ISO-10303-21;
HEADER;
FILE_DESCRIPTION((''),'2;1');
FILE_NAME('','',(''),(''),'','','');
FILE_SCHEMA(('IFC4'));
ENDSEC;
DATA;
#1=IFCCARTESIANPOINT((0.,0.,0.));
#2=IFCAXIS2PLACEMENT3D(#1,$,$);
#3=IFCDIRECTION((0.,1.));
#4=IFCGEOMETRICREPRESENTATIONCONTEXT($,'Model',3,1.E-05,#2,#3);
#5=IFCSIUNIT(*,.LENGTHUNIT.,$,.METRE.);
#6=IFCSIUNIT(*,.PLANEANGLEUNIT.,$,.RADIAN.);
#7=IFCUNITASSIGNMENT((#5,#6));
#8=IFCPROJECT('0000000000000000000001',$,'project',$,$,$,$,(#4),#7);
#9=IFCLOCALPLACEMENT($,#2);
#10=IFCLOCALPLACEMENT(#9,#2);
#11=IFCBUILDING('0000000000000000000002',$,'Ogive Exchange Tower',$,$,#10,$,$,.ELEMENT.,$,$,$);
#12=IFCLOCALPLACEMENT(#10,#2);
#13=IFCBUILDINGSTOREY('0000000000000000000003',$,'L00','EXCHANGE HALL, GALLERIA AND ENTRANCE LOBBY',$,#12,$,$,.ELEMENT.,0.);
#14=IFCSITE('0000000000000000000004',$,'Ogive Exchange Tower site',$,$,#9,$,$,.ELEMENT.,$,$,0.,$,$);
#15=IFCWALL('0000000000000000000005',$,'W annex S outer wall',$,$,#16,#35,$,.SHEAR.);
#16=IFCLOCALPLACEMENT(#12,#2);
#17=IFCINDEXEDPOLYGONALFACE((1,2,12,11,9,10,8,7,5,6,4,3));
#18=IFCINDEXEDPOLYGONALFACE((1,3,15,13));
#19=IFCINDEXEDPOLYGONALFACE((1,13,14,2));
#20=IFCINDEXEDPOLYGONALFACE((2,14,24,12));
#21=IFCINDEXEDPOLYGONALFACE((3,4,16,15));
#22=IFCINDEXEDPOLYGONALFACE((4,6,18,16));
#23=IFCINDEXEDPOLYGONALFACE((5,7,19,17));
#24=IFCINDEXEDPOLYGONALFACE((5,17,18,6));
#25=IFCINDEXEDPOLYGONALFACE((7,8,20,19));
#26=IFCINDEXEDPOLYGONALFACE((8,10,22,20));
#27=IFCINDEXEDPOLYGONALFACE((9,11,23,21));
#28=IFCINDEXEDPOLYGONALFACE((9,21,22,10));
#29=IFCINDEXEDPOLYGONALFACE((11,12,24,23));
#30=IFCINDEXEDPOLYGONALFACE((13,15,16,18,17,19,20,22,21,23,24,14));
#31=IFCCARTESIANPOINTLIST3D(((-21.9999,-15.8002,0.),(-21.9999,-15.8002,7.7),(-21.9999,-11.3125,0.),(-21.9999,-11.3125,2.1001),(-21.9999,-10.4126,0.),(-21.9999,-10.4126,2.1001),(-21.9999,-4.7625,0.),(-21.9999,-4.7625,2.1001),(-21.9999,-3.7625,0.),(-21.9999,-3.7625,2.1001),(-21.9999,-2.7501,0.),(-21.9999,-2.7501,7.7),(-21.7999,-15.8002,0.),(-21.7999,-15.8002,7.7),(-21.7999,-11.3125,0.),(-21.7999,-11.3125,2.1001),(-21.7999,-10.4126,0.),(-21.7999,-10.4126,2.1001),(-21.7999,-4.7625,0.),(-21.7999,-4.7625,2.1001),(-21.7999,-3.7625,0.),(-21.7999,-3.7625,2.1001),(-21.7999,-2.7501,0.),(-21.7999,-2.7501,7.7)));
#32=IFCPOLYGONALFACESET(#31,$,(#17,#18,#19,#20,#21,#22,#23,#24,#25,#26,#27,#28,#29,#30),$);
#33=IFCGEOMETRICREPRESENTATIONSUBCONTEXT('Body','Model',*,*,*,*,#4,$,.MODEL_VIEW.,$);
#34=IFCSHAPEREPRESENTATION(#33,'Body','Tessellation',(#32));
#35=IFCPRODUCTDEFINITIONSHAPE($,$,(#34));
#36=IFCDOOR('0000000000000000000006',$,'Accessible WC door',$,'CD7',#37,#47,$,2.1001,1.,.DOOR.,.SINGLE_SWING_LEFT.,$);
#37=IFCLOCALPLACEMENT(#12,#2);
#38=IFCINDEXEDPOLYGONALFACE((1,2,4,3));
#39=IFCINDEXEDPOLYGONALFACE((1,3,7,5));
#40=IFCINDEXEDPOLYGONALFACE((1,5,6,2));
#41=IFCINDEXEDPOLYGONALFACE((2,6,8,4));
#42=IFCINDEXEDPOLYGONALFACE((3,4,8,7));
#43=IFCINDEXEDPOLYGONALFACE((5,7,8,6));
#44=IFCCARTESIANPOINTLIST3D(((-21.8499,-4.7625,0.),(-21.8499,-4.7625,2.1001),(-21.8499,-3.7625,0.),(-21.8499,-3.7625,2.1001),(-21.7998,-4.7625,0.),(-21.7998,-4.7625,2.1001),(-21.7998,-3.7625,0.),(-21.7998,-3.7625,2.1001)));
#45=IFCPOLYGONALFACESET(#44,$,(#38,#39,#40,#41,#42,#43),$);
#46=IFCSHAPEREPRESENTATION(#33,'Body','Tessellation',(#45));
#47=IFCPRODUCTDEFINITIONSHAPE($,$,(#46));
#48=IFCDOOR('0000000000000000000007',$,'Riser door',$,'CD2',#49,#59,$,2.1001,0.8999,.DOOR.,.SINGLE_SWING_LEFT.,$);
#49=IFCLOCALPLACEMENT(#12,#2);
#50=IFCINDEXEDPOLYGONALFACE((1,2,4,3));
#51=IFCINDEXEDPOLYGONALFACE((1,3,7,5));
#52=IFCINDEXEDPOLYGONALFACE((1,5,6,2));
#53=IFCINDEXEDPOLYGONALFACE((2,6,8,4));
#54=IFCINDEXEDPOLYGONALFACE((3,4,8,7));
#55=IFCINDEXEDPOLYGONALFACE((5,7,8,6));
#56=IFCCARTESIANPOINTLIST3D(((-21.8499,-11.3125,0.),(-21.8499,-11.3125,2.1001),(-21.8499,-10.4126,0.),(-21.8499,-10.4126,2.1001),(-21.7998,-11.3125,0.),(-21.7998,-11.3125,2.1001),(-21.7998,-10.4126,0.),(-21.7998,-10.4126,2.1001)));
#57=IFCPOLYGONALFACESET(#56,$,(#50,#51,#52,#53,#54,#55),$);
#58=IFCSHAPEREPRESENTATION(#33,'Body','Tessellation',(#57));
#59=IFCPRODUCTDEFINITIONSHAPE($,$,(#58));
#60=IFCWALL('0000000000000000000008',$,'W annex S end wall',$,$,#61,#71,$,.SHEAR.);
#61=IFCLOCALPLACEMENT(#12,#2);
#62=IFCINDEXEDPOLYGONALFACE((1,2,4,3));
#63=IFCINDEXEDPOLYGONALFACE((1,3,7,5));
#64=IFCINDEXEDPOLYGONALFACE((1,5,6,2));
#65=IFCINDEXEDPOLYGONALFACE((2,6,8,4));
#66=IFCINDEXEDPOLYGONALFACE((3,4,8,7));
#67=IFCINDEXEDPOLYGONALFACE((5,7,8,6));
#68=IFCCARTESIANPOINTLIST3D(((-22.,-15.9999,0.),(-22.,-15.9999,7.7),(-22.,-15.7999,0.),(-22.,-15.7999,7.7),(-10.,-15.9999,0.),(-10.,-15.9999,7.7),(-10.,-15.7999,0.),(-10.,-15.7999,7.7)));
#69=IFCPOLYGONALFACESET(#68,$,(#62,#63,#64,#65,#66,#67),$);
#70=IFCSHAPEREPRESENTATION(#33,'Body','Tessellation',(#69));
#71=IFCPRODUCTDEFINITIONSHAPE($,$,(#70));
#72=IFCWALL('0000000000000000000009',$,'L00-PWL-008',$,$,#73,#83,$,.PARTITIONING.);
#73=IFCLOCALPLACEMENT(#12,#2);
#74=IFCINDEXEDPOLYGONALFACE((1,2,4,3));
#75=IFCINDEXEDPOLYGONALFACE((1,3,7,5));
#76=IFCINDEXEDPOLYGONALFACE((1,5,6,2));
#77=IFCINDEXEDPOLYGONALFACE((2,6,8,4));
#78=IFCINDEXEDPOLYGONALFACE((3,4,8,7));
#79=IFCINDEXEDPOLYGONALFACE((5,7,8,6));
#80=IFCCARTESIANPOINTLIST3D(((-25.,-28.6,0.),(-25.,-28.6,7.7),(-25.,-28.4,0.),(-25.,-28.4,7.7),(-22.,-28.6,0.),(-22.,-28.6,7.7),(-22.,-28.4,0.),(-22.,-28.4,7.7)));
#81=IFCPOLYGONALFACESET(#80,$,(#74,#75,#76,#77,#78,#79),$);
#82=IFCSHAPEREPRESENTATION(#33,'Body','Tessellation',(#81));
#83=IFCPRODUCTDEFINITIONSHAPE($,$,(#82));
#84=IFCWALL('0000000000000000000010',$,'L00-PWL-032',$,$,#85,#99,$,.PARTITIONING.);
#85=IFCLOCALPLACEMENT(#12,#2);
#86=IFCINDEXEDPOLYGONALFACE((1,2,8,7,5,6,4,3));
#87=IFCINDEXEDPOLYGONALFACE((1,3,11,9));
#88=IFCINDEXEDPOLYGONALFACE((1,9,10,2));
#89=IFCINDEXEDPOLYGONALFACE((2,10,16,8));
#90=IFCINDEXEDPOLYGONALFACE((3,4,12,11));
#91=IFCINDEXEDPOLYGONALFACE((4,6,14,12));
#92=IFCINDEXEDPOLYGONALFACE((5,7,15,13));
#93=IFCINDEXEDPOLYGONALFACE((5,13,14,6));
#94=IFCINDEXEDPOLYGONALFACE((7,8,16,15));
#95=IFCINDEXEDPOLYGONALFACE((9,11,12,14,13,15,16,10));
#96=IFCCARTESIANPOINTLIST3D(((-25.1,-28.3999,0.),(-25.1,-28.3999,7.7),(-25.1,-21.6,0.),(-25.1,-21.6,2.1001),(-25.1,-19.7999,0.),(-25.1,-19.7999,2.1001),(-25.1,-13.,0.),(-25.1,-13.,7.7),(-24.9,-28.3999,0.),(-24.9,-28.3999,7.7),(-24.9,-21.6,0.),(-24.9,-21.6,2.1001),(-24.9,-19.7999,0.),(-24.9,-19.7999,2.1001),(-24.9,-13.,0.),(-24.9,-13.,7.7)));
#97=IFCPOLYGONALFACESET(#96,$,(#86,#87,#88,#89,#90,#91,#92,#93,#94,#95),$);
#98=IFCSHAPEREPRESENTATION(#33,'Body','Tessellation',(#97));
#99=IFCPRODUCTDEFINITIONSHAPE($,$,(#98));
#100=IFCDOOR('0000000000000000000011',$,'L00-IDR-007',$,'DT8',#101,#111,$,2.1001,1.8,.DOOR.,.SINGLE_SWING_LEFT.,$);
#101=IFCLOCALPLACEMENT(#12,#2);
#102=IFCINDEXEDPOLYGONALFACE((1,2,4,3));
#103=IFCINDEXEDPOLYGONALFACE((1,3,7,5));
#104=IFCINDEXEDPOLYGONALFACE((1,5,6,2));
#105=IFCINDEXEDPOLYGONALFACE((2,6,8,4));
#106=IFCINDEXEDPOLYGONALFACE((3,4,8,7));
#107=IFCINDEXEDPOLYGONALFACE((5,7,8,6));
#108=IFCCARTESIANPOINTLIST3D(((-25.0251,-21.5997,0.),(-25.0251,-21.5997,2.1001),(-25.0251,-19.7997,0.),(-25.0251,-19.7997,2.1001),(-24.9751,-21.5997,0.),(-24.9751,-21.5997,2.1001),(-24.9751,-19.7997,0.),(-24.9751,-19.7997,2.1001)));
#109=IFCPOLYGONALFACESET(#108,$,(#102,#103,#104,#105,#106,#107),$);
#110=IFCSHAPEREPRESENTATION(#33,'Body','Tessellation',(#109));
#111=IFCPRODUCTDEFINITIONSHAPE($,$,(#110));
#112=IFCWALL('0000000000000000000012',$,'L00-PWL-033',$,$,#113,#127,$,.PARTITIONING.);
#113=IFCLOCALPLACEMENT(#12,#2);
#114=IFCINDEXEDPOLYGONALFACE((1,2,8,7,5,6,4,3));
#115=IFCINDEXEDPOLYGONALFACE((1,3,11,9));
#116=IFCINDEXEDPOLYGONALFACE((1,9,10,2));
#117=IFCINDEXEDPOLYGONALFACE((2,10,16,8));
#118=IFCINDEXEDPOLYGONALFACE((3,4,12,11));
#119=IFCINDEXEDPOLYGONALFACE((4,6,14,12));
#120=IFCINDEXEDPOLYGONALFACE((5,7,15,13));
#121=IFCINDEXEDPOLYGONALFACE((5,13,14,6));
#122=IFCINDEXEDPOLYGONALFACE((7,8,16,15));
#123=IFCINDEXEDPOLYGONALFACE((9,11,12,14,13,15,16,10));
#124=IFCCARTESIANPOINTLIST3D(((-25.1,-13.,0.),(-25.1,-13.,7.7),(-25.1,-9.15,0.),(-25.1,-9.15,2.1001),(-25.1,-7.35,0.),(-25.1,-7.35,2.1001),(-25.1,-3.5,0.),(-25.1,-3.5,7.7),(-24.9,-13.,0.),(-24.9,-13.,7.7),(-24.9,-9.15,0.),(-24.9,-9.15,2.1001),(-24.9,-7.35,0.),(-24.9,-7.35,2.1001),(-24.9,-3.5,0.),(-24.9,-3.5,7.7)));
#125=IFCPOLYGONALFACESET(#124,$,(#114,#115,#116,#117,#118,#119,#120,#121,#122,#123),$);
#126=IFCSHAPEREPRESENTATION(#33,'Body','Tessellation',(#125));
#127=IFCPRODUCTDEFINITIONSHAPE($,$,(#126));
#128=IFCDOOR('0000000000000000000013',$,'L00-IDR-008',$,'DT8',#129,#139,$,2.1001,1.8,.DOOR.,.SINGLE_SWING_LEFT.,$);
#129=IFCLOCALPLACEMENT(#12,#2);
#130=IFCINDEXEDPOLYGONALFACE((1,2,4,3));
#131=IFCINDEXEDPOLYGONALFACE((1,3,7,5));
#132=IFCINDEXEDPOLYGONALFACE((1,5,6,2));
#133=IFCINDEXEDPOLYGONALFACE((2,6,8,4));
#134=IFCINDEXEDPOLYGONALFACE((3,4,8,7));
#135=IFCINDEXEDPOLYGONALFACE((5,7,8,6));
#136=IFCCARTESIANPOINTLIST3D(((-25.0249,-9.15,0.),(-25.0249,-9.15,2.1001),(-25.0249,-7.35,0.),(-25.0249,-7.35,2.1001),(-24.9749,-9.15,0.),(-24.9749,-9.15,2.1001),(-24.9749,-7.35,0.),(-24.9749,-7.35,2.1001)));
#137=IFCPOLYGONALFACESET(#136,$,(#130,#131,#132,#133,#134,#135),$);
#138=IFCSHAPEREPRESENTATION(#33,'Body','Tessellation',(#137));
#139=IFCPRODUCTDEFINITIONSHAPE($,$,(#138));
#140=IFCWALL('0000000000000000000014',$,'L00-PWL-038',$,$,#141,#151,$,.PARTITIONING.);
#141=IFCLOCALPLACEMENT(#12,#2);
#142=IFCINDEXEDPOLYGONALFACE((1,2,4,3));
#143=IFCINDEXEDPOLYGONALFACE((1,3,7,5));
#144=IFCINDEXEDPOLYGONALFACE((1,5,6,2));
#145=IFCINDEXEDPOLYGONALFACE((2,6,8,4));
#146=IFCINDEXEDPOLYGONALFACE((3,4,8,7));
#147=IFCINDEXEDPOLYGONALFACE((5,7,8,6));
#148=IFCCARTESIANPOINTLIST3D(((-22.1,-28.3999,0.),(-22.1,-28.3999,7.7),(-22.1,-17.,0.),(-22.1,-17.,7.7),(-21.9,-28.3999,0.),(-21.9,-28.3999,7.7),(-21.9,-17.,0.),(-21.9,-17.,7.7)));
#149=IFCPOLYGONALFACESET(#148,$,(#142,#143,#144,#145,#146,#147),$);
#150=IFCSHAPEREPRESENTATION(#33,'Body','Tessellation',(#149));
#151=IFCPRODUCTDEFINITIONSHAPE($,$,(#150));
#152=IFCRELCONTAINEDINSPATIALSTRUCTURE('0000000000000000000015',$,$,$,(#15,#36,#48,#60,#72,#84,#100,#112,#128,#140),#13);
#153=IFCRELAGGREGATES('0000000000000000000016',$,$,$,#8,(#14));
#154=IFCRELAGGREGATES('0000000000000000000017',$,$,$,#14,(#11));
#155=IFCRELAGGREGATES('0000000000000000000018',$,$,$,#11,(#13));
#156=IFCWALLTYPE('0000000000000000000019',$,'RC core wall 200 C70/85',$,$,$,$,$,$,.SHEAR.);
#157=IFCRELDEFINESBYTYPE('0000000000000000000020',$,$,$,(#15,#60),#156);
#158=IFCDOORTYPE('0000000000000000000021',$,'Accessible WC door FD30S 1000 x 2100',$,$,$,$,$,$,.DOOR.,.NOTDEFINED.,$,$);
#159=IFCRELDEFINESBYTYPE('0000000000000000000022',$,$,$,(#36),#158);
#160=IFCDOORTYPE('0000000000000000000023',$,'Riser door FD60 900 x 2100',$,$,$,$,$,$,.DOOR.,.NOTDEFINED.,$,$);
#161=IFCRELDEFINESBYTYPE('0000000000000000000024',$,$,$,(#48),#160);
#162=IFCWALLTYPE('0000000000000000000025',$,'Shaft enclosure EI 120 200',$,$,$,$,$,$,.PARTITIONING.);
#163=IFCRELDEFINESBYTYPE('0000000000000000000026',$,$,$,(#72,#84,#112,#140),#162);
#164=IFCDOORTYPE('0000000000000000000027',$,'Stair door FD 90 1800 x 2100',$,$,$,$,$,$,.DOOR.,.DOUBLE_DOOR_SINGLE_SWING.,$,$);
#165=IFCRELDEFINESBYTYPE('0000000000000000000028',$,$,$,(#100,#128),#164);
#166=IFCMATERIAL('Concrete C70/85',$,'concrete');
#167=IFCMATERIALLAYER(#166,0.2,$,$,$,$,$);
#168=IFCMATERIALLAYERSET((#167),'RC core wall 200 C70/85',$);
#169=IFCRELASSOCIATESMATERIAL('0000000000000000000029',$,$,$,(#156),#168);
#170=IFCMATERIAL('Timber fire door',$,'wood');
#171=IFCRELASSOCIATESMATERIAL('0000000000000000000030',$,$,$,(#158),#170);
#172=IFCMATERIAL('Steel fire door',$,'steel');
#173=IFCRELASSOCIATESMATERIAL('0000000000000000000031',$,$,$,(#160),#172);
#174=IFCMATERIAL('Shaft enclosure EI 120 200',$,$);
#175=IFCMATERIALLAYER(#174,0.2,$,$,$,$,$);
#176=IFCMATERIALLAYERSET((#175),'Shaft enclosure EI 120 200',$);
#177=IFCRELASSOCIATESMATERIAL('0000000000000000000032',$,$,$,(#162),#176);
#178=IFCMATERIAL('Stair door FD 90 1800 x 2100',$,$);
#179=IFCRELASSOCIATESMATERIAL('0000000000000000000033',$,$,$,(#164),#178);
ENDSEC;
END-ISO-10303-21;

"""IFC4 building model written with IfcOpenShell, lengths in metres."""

from ifc_helpers import new_model, si_unit, direction, frame, frame_2d, origin, place, context, subcontext, project, spatial, rectangle, extrude, material, layer, layer_set, type_object, element, fill, save


model = new_model("IFC4")

# Units and contexts
model_context = context("Model", 3, precision=1e-05, world=origin(), true_north=direction((0.0, 1.0)))
body_context = subcontext(model_context, "Body", "Model", "MODEL_VIEW")
ifc_project = project(units=[si_unit("LENGTHUNIT", "METRE"), si_unit("PLANEANGLEUNIT", "RADIAN")], contexts=[model_context])

# Site, building, storey
site_placement = place(None, origin())
site = spatial("IfcSite", under=ifc_project, at=site_placement, Name="Ogive Exchange Tower site", CompositionType="ELEMENT", RefElevation=0.0)
building_placement = place(site_placement, origin())
building = spatial("IfcBuilding", under=site, at=building_placement, Name="Ogive Exchange Tower", CompositionType="ELEMENT")
storey_placement = place(building_placement, origin())
storey = spatial("IfcBuildingStorey", under=building, at=storey_placement, Name="L00", Description="EXCHANGE HALL, GALLERIA AND ENTRANCE LOBBY", CompositionType="ELEMENT", Elevation=0.0)

# Shared definitions
ifc_material_1 = material(Name="Concrete C70/85", Category="concrete")

# Wall, openings, doors
ifc_layer_1 = layer(ifc_material_1, 0.2)
ifc_layer_set_1 = layer_set([ifc_layer_1], Name="RC core wall 200 C70/85")
wall_type_1 = type_object("IfcWallType", Name="RC core wall 200 C70/85", PredefinedType="SHEAR", material=ifc_layer_set_1)
wall_1_placement = place(storey_placement, frame((-21.8999, -15.8, 0.0), z_axis=(0.0, 0.0, 1.0), x_axis=(0.0, 1.0, 0.0)))
wall_1 = element("IfcWall", 1, at=wall_1_placement, inside=storey, type_object=wall_type_1, Name="W annex S outer wall", PredefinedType="SHEAR", context=body_context, shape_type="SweptSolid", body=[
    extrude(rectangle(XDim=13.05, YDim=0.2, at=frame_2d((6.5249, 0.0))), origin(), (0.0, 0.0, 1.0), 7.7),
])
opening_1_placement = place(wall_1_placement, frame((4.4875, 0.0, 0.0)))
opening_1 = element("IfcOpeningElement", 2, at=opening_1_placement, cuts=wall_1, PredefinedType="OPENING", context=body_context, shape_type="SweptSolid", body=[
    extrude(rectangle(XDim=0.8999, YDim=2.1001, at=frame_2d((0.45, 1.05))), frame((0.0, 0.1099, 0.0), z_axis=(0.0, -1.0, 0.0), x_axis=(1.0, 0.0, 0.0)), (0.0, 0.0, 1.0), 0.22),
])
opening_2_placement = place(wall_1_placement, frame((11.0376, 0.0, 0.0)))
opening_2 = element("IfcOpeningElement", 3, at=opening_2_placement, cuts=wall_1, PredefinedType="OPENING", context=body_context, shape_type="SweptSolid", body=[
    extrude(rectangle(XDim=1.0, YDim=2.1001, at=frame_2d((0.5, 1.05))), frame((0.0, 0.1099, 0.0), z_axis=(0.0, -1.0, 0.0), x_axis=(1.0, 0.0, 0.0)), (0.0, 0.0, 1.0), 0.22),
])
ifc_material_2 = material(Name="Timber fire door", Category="wood")
door_type_1 = type_object("IfcDoorType", Name="Accessible WC door FD30S 1000 x 2100", OperationType="NOTDEFINED", PredefinedType="DOOR", material=ifc_material_2)
door_1_placement = place(opening_2_placement, frame((1.0, -0.1499, 0.0), z_axis=(0.0, 0.0, 1.0), x_axis=(-1.0, 0.0, 0.0)))
door_1 = element("IfcDoor", 4, at=door_1_placement, inside=storey, type_object=door_type_1, Name="Accessible WC door", ObjectType="CD7", OperationType="SINGLE_SWING_LEFT", OverallHeight=2.1001, OverallWidth=1.0, PredefinedType="DOOR", context=body_context, shape_type="SweptSolid", body=[
    extrude(rectangle(XDim=1.0, YDim=2.1001, at=frame_2d((0.5, 1.05))), frame((0.0, -0.0498, 0.0), z_axis=(0.0, -1.0, 0.0), x_axis=(1.0, 0.0, 0.0)), (0.0, 0.0, 1.0), 0.05),
])
fill(opening_2, door_1)
ifc_material_3 = material(Name="Steel fire door", Category="steel")
door_type_2 = type_object("IfcDoorType", Name="Riser door FD60 900 x 2100", OperationType="NOTDEFINED", PredefinedType="DOOR", material=ifc_material_3)
door_2_placement = place(opening_1_placement, frame((0.8999, -0.1499, 0.0), z_axis=(0.0, 0.0, 1.0), x_axis=(-1.0, 0.0, 0.0)))
door_2 = element("IfcDoor", 5, at=door_2_placement, inside=storey, type_object=door_type_2, Name="Riser door", ObjectType="CD2", OperationType="SINGLE_SWING_LEFT", OverallHeight=2.1001, OverallWidth=0.8999, PredefinedType="DOOR", context=body_context, shape_type="SweptSolid", body=[
    extrude(rectangle(XDim=0.8999, YDim=2.1001, at=frame_2d((0.45, 1.05))), frame((0.0, -0.0498, 0.0), z_axis=(0.0, -1.0, 0.0), x_axis=(1.0, 0.0, 0.0)), (0.0, 0.0, 1.0), 0.05),
])
fill(opening_1, door_2)

# Walls
wall_2_placement = place(storey_placement, frame((-22.0, -15.8999, 0.0), z_axis=(0.0, 0.0, 1.0), x_axis=(1.0, 0.0, 0.0)))
element("IfcWall", 6, at=wall_2_placement, inside=storey, type_object=wall_type_1, Name="W annex S end wall", PredefinedType="SHEAR", context=body_context, shape_type="SweptSolid", body=[
    extrude(rectangle(XDim=12.0, YDim=0.2, at=frame_2d((6.0, 0.0))), origin(), (0.0, 0.0, 1.0), 7.7),
])
ifc_material_4 = material(Name="Shaft enclosure EI 120 200")
ifc_layer_2 = layer(ifc_material_4, 0.2)
ifc_layer_set_2 = layer_set([ifc_layer_2], Name="Shaft enclosure EI 120 200")
wall_type_2 = type_object("IfcWallType", Name="Shaft enclosure EI 120 200", PredefinedType="PARTITIONING", material=ifc_layer_set_2)
wall_3_placement = place(storey_placement, frame((-25.0, -28.5, 0.0), z_axis=(0.0, 0.0, 1.0), x_axis=(1.0, 0.0, 0.0)))
element("IfcWall", 7, at=wall_3_placement, inside=storey, type_object=wall_type_2, Name="L00-PWL-008", PredefinedType="PARTITIONING", context=body_context, shape_type="SweptSolid", body=[
    extrude(rectangle(XDim=3.0, YDim=0.2, at=frame_2d((1.5, 0.0))), origin(), (0.0, 0.0, 1.0), 7.7),
])

# Walls, openings, doors
wall_4_placement = place(storey_placement, frame((-25.0, -28.3999, 0.0), z_axis=(0.0, 0.0, 1.0), x_axis=(0.0, 1.0, 0.0)))
wall_4 = element("IfcWall", 8, at=wall_4_placement, inside=storey, type_object=wall_type_2, Name="L00-PWL-032", PredefinedType="PARTITIONING", context=body_context, shape_type="SweptSolid", body=[
    extrude(rectangle(XDim=15.3999, YDim=0.2, at=frame_2d((7.7, 0.0))), origin(), (0.0, 0.0, 1.0), 7.7),
])
opening_3_placement = place(wall_4_placement, frame((6.8, 0.0, 0.0)))
opening_3 = element("IfcOpeningElement", 9, at=opening_3_placement, cuts=wall_4, PredefinedType="OPENING", context=body_context, shape_type="SweptSolid", body=[
    extrude(rectangle(XDim=1.8, YDim=2.1001, at=frame_2d((0.8999, 1.05))), frame((0.0, 0.1099, 0.0), z_axis=(0.0, -1.0, 0.0), x_axis=(1.0, 0.0, 0.0)), (0.0, 0.0, 1.0), 0.22),
])
ifc_material_5 = material(Name="Stair door FD 90 1800 x 2100")
door_type_3 = type_object("IfcDoorType", Name="Stair door FD 90 1800 x 2100", OperationType="DOUBLE_DOOR_SINGLE_SWING", PredefinedType="DOOR", material=ifc_material_5)
door_3_placement = place(opening_3_placement, frame((1.8, 0.0, 0.0), z_axis=(0.0, 0.0, 1.0), x_axis=(-1.0, 0.0, 0.0)))
door_3 = element("IfcDoor", 10, at=door_3_placement, inside=storey, type_object=door_type_3, Name="L00-IDR-007", ObjectType="DT8", OperationType="SINGLE_SWING_LEFT", OverallHeight=2.1001, OverallWidth=1.8, PredefinedType="DOOR", context=body_context, shape_type="SweptSolid", body=[
    extrude(rectangle(XDim=1.8, YDim=2.1001, at=frame_2d((0.8999, 1.05))), frame((0.0, 0.0249, 0.0), z_axis=(0.0, -1.0, 0.0), x_axis=(1.0, 0.0, 0.0)), (0.0, 0.0, 1.0), 0.05),
])
fill(opening_3, door_3)
wall_5_placement = place(storey_placement, frame((-25.0, -13.0, 0.0), z_axis=(0.0, 0.0, 1.0), x_axis=(0.0, 1.0, 0.0)))
wall_5 = element("IfcWall", 11, at=wall_5_placement, inside=storey, type_object=wall_type_2, Name="L00-PWL-033", PredefinedType="PARTITIONING", context=body_context, shape_type="SweptSolid", body=[
    extrude(rectangle(XDim=9.5, YDim=0.2, at=frame_2d((4.75, 0.0))), origin(), (0.0, 0.0, 1.0), 7.7),
])
opening_4_placement = place(wall_5_placement, frame((3.8501, 0.0, 0.0)))
opening_4 = element("IfcOpeningElement", 12, at=opening_4_placement, cuts=wall_5, PredefinedType="OPENING", context=body_context, shape_type="SweptSolid", body=[
    extrude(rectangle(XDim=1.8, YDim=2.1001, at=frame_2d((0.8999, 1.05))), frame((0.0, 0.1099, 0.0), z_axis=(0.0, -1.0, 0.0), x_axis=(1.0, 0.0, 0.0)), (0.0, 0.0, 1.0), 0.22),
])
door_4_placement = place(opening_4_placement, origin())
door_4 = element("IfcDoor", 13, at=door_4_placement, inside=storey, type_object=door_type_3, Name="L00-IDR-008", ObjectType="DT8", OperationType="SINGLE_SWING_LEFT", OverallHeight=2.1001, OverallWidth=1.8, PredefinedType="DOOR", context=body_context, shape_type="SweptSolid", body=[
    extrude(rectangle(XDim=1.8, YDim=2.1001, at=frame_2d((0.8999, 1.05))), frame((0.0, 0.0249, 0.0), z_axis=(0.0, -1.0, 0.0), x_axis=(1.0, 0.0, 0.0)), (0.0, 0.0, 1.0), 0.05),
])
fill(opening_4, door_4)

# Wall
wall_6_placement = place(storey_placement, frame((-22.0, -28.3999, 0.0), z_axis=(0.0, 0.0, 1.0), x_axis=(0.0, 1.0, 0.0)))
element("IfcWall", 14, at=wall_6_placement, inside=storey, type_object=wall_type_2, Name="L00-PWL-038", PredefinedType="PARTITIONING", context=body_context, shape_type="SweptSolid", body=[
    extrude(rectangle(XDim=11.3999, YDim=0.2, at=frame_2d((5.7, 0.0))), origin(), (0.0, 0.0, 1.0), 7.7),
])

save(model, "model.ifc")
